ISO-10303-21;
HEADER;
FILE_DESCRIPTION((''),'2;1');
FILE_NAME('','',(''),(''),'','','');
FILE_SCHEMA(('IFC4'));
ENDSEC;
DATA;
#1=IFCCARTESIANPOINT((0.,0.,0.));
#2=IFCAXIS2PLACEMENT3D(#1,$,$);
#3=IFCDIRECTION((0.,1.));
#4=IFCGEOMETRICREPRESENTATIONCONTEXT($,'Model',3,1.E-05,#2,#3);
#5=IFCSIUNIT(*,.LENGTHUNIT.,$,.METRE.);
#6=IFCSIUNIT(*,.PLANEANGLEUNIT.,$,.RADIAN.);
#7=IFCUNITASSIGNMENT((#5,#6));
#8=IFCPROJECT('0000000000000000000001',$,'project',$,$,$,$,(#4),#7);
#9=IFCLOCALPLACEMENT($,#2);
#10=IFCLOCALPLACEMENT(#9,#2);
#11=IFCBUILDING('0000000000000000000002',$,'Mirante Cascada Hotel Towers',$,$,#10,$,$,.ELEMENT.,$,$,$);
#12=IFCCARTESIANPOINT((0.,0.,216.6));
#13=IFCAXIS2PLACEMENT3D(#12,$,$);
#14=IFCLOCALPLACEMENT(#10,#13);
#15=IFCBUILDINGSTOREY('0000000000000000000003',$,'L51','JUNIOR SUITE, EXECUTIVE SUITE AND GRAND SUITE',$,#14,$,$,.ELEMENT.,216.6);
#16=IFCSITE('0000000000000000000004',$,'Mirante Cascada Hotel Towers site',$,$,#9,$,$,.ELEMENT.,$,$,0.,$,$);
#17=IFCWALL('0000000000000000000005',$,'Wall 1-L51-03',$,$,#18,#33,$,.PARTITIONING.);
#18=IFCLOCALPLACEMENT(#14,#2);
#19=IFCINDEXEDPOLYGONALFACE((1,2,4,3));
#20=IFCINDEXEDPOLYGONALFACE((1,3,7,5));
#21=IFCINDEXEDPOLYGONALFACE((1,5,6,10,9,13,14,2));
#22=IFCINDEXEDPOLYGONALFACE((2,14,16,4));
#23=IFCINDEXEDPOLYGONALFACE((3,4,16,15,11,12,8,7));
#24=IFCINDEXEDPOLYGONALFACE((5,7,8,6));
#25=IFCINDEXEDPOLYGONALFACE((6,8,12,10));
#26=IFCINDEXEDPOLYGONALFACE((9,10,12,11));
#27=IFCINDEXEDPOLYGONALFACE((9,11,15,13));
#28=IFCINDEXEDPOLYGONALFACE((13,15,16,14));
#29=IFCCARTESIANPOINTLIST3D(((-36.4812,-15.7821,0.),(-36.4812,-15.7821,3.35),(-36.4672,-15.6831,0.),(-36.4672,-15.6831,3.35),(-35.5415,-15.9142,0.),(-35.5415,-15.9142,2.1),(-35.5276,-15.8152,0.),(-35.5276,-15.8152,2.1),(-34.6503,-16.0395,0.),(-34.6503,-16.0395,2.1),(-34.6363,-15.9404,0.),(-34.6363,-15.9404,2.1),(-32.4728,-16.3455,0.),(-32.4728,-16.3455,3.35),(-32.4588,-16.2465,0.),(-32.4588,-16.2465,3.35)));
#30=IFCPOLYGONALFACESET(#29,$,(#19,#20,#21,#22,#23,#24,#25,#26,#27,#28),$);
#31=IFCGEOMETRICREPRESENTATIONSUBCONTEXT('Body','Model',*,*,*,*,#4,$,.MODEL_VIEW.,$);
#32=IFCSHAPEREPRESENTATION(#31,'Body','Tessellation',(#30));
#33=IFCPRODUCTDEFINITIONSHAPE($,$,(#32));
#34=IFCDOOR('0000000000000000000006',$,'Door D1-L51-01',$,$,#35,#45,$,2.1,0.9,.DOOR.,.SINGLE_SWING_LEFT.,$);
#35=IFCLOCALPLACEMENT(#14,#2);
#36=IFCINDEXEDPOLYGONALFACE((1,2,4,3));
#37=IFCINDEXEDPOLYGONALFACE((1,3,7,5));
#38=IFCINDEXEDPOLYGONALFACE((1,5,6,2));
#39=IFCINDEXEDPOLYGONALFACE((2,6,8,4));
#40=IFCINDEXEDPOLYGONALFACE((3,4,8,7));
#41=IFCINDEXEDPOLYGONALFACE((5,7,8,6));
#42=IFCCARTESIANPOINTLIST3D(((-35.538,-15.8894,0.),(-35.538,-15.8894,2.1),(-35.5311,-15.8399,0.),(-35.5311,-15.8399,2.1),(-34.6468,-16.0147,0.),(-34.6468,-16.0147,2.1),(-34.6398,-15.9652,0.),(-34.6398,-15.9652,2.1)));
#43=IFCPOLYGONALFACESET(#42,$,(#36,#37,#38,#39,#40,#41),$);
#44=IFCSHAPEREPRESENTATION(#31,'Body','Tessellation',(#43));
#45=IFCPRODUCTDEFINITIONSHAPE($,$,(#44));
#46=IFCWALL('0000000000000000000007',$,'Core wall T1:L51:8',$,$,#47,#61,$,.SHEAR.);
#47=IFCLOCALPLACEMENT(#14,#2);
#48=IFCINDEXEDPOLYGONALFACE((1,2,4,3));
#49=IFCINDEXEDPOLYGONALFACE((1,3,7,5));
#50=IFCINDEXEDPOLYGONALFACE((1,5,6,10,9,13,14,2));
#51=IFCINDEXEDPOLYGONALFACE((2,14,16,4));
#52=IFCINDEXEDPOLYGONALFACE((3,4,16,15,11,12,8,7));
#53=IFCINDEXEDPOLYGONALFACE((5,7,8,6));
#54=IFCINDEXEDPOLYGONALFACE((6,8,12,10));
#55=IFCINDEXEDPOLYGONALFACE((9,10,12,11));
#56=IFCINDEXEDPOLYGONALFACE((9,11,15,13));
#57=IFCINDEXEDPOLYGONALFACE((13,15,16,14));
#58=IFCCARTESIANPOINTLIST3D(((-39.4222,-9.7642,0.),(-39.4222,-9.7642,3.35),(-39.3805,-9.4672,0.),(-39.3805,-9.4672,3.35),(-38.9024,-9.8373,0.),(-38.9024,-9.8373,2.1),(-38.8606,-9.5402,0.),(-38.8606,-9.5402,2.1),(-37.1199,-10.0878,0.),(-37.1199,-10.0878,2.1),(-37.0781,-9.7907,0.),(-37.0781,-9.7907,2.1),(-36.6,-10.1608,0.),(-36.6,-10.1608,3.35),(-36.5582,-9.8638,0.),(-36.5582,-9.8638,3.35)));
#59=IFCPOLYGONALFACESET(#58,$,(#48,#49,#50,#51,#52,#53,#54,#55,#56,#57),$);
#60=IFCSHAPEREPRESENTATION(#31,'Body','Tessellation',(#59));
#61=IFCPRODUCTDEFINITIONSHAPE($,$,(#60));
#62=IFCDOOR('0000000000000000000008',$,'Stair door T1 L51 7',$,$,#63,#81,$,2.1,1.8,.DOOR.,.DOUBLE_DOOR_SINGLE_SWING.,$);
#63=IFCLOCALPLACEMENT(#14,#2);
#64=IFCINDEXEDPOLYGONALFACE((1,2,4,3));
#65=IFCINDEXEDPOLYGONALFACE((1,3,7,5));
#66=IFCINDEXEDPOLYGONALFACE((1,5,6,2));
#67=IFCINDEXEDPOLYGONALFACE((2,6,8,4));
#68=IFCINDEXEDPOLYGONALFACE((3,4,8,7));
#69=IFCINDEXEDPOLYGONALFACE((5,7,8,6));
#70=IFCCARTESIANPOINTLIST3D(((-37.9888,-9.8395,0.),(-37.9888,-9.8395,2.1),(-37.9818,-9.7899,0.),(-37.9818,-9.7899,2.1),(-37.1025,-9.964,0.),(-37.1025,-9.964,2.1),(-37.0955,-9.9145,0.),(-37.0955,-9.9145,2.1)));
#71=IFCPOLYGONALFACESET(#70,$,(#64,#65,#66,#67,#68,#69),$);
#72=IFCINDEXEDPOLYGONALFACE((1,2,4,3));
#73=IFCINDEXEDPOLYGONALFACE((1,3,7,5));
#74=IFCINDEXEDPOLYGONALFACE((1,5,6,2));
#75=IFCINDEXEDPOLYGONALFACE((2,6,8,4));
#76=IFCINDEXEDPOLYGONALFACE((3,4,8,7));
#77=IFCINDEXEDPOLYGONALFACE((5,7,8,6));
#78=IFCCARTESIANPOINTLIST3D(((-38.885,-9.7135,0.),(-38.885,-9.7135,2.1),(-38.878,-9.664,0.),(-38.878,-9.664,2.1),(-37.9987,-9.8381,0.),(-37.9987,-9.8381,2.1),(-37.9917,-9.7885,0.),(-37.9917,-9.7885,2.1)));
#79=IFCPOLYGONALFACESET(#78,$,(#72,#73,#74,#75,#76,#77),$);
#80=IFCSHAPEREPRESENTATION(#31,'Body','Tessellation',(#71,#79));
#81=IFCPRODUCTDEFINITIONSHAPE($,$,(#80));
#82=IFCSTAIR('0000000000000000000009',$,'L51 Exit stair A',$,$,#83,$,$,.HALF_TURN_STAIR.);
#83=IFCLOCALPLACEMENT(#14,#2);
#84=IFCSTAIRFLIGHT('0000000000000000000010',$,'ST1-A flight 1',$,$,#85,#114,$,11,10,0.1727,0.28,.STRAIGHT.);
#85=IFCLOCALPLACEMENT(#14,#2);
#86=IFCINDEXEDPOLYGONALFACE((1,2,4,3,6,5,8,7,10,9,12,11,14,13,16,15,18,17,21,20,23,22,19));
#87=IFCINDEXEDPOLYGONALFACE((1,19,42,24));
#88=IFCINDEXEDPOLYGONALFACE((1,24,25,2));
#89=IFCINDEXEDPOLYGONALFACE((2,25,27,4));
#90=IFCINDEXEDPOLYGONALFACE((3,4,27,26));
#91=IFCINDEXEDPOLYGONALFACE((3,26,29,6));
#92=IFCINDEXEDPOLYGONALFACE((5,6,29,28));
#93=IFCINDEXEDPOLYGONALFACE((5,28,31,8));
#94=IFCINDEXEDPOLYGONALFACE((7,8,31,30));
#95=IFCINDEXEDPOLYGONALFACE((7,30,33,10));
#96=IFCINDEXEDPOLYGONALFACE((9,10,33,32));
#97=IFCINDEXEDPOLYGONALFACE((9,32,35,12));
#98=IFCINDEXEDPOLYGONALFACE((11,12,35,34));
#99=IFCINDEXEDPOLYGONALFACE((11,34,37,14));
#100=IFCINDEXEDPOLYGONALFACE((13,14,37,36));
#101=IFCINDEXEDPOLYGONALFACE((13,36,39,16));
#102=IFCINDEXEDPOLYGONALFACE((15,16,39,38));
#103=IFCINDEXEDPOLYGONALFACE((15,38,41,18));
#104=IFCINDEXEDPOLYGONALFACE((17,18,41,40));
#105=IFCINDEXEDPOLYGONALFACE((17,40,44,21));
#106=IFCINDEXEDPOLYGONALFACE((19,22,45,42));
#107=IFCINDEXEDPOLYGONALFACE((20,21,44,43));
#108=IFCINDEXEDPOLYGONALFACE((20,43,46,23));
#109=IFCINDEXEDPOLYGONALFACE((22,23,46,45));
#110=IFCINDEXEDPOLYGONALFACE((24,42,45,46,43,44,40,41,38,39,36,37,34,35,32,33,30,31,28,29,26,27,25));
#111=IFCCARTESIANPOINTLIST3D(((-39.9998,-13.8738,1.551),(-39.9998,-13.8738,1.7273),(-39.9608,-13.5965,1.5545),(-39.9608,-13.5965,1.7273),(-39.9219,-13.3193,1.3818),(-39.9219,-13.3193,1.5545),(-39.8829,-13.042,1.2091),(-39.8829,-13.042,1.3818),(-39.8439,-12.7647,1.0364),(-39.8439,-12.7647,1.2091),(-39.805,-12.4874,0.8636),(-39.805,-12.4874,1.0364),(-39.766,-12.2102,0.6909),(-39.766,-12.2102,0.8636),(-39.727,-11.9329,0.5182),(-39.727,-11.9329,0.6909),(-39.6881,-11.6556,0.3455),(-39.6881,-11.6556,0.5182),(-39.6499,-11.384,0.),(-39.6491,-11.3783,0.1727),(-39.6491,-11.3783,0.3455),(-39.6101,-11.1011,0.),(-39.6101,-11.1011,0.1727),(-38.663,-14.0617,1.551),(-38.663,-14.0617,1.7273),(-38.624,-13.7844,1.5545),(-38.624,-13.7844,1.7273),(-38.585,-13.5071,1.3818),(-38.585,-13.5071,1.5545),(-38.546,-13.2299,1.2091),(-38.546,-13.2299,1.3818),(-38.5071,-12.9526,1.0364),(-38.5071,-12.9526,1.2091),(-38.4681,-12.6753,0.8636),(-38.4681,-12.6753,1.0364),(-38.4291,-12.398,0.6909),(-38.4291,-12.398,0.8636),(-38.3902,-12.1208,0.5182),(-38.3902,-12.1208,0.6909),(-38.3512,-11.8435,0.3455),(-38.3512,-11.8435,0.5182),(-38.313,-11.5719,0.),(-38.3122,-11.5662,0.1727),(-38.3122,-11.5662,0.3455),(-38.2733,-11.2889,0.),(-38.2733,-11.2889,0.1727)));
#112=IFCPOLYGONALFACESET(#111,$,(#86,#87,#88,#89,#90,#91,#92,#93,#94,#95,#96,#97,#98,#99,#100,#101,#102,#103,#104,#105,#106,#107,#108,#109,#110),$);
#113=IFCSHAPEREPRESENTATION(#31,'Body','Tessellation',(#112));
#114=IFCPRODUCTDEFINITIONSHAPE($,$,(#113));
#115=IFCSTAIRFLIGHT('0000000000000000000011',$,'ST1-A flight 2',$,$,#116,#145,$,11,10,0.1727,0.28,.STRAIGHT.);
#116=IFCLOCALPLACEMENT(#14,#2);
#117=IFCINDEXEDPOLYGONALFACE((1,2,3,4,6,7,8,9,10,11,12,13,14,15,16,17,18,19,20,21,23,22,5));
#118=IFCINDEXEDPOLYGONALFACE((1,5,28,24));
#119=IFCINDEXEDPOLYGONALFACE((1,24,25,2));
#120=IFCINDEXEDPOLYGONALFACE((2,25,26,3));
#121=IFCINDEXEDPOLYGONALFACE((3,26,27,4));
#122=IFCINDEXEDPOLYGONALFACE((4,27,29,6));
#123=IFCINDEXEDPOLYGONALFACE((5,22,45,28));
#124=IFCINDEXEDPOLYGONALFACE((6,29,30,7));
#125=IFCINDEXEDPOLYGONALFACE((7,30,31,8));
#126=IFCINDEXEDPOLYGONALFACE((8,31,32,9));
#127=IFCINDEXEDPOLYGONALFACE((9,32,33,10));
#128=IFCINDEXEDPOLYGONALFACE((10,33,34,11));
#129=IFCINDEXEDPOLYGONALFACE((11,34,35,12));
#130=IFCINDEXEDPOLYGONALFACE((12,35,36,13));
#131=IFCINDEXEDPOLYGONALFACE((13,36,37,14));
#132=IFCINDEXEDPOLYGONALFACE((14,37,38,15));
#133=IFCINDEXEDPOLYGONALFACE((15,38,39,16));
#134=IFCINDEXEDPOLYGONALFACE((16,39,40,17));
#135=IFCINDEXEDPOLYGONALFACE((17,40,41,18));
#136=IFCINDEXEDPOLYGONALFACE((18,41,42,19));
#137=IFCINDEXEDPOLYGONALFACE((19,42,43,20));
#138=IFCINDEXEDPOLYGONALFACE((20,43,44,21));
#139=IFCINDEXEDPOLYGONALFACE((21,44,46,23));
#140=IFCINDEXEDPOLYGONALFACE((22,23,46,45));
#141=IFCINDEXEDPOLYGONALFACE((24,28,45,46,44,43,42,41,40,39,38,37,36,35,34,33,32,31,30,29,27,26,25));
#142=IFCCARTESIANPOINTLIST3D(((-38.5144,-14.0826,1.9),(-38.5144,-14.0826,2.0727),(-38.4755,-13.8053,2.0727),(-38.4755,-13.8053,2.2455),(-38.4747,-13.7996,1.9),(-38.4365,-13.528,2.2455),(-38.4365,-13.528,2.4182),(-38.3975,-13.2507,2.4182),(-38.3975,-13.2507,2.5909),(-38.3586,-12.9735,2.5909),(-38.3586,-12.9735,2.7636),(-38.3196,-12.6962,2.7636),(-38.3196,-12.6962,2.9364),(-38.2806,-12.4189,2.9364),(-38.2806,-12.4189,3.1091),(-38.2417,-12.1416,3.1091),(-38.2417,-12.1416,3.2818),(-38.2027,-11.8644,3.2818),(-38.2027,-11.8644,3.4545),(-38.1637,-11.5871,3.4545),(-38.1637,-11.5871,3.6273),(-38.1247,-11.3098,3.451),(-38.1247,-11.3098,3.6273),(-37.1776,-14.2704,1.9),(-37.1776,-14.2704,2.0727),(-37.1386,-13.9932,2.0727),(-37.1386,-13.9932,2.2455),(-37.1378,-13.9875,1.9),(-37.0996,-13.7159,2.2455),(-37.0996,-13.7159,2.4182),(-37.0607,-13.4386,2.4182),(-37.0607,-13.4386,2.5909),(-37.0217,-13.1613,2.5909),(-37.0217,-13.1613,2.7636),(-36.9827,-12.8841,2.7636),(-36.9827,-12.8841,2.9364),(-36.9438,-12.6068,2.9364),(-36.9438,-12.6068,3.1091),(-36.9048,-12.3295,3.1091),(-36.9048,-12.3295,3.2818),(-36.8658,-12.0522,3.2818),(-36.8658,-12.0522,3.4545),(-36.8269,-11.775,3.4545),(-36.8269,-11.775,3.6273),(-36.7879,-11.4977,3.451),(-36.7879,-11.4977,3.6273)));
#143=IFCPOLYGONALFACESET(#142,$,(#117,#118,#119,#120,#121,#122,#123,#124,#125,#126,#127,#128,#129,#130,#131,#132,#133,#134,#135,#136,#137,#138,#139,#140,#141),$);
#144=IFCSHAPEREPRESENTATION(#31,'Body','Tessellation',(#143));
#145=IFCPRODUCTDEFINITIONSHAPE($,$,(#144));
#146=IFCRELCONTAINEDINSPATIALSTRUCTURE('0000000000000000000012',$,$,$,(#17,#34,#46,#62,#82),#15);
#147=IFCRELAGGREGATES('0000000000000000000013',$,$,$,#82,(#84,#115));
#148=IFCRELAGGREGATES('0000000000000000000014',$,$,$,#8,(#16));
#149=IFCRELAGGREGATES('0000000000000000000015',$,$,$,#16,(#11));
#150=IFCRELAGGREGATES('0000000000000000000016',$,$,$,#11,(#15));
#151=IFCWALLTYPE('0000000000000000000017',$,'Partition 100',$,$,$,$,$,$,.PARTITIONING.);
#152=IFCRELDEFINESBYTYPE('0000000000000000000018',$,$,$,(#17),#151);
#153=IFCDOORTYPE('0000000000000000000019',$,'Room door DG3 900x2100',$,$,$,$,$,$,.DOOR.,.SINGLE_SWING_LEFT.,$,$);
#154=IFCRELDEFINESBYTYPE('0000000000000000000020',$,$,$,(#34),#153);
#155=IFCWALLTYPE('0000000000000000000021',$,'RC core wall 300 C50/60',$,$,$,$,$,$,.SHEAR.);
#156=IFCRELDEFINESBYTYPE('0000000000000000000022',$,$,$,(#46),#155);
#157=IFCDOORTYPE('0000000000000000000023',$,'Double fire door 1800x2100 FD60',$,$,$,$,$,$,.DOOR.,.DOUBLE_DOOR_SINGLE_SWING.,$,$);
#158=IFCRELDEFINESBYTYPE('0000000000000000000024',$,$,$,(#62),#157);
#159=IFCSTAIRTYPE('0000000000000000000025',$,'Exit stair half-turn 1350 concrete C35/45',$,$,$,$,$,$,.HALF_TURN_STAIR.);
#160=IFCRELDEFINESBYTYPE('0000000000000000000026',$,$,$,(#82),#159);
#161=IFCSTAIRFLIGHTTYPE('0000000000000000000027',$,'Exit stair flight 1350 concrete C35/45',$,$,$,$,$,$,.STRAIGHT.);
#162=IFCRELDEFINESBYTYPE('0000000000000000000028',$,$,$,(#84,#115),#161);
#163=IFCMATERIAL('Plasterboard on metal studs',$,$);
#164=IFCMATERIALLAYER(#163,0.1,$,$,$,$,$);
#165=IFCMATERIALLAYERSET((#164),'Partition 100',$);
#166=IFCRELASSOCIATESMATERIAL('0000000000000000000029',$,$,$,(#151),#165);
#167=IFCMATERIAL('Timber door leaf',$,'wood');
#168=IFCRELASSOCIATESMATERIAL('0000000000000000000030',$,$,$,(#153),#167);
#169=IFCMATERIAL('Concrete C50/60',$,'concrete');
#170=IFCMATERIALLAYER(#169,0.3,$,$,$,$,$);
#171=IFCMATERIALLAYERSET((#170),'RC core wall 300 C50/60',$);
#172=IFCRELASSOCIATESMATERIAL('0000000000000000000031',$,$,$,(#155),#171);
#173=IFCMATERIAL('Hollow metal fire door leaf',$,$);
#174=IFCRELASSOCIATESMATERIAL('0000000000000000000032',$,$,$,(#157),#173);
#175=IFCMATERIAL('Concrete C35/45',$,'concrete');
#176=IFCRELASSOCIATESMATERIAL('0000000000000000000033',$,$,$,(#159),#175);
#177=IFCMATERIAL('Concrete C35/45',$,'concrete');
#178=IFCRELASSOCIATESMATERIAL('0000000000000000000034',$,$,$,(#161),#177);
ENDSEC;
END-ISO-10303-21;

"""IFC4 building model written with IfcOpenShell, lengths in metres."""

from ifc_helpers import new_model, si_unit, direction, frame, frame_2d, origin, place, context, subcontext, project, spatial, polyline, rectangle, outline, extrude, material, layer, layer_set, type_object, element, fill, aggregate, save


model = new_model("IFC4")

# Units and contexts
model_context = context("Model", 3, precision=1e-05, world=origin(), true_north=direction((0.0, 1.0)))
body_context = subcontext(model_context, "Body", "Model", "MODEL_VIEW")
ifc_project = project(units=[si_unit("LENGTHUNIT", "METRE"), si_unit("PLANEANGLEUNIT", "RADIAN")], contexts=[model_context])

# Site, building, storey
site_placement = place(None, origin())
site = spatial("IfcSite", under=ifc_project, at=site_placement, Name="Mirante Cascada Hotel Towers site", CompositionType="ELEMENT", RefElevation=0.0)
building_placement = place(site_placement, origin())
building = spatial("IfcBuilding", under=site, at=building_placement, Name="Mirante Cascada Hotel Towers", CompositionType="ELEMENT")
storey_placement = place(building_placement, frame((0.0, 0.0, 216.6)))
storey = spatial("IfcBuildingStorey", under=building, at=storey_placement, Name="L51", Description="JUNIOR SUITE, EXECUTIVE SUITE AND GRAND SUITE", CompositionType="ELEMENT", Elevation=216.6)

# Walls, openings, doors
ifc_material_1 = material(Name="Plasterboard on metal studs")
ifc_layer_1 = layer(ifc_material_1, 0.1)
ifc_layer_set_1 = layer_set([ifc_layer_1], Name="Partition 100")
wall_type_1 = type_object("IfcWallType", Name="Partition 100", PredefinedType="PARTITIONING", material=ifc_layer_set_1)
wall_1_placement = place(storey_placement, frame((-36.4742, -15.7326, 0.0), z_axis=(0.0, 0.0, 1.0), x_axis=(0.990266, -0.139187, 0.0)))
wall_1 = element("IfcWall", 1, at=wall_1_placement, inside=storey, type_object=wall_type_1, Name="Wall 1-L51-03", PredefinedType="PARTITIONING", context=body_context, shape_type="SweptSolid", body=[
    extrude(rectangle(XDim=4.0478, YDim=0.1, at=frame_2d((2.0239, 0.0))), origin(), (0.0, 0.0, 1.0), 3.35),
])
opening_1_placement = place(wall_1_placement, frame((0.9489, 0.0, 0.0)))
opening_1 = element("IfcOpeningElement", 2, at=opening_1_placement, cuts=wall_1, PredefinedType="OPENING", context=body_context, shape_type="SweptSolid", body=[
    extrude(rectangle(XDim=0.9, YDim=2.1, at=frame_2d((0.45, 1.05))), frame((0.0, 0.05, 0.0), z_axis=(0.0, -1.0, 0.0), x_axis=(1.0, 0.0, 0.0)), (0.0, 0.0, 1.0), 0.1),
])
ifc_material_2 = material(Name="Timber door leaf", Category="wood")
door_type_1 = type_object("IfcDoorType", Name="Room door DG3 900x2100", OperationType="SINGLE_SWING_LEFT", PredefinedType="DOOR", material=ifc_material_2)
door_1_placement = place(opening_1_placement, origin())
door_1 = element("IfcDoor", 3, at=door_1_placement, inside=storey, type_object=door_type_1, Name="Door D1-L51-01", OperationType="SINGLE_SWING_LEFT", OverallHeight=2.1, OverallWidth=0.9, PredefinedType="DOOR", context=body_context, shape_type="SweptSolid", body=[
    extrude(rectangle(XDim=0.9, YDim=2.1, at=frame_2d((0.45, 1.05))), frame((0.0, 0.025, 0.0), z_axis=(0.0, -1.0, 0.0), x_axis=(1.0, 0.0, 0.0)), (0.0, 0.0, 1.0), 0.05),
])
fill(opening_1, door_1)
ifc_material_3 = material(Name="Concrete C50/60", Category="concrete")
ifc_layer_2 = layer(ifc_material_3, 0.3)
ifc_layer_set_2 = layer_set([ifc_layer_2], Name="RC core wall 300 C50/60")
wall_type_2 = type_object("IfcWallType", Name="RC core wall 300 C50/60", PredefinedType="SHEAR", material=ifc_layer_set_2)
wall_2_placement = place(storey_placement, frame((-36.5791, -10.0123, 0.0), z_axis=(0.0, 0.0, 1.0), x_axis=(-0.99027, 0.139156, 0.0)))
wall_2 = element("IfcWall", 4, at=wall_2_placement, inside=storey, type_object=wall_type_2, Name="Core wall T1:L51:8", PredefinedType="SHEAR", context=body_context, shape_type="SweptSolid", body=[
    extrude(rectangle(XDim=2.85, YDim=0.3, at=frame_2d((1.425, 0.0))), origin(), (0.0, 0.0, 1.0), 3.35),
])
opening_2_placement = place(wall_2_placement, frame((0.525, 0.0, 0.0)))
opening_2 = element("IfcOpeningElement", 5, at=opening_2_placement, cuts=wall_2, PredefinedType="OPENING", context=body_context, shape_type="SweptSolid", body=[
    extrude(rectangle(XDim=1.8, YDim=2.1, at=frame_2d((0.9, 1.05))), frame((0.0, 0.15, 0.0), z_axis=(0.0, -1.0, 0.0), x_axis=(1.0, 0.0, 0.0)), (0.0, 0.0, 1.0), 0.3),
])
ifc_material_4 = material(Name="Hollow metal fire door leaf")
door_type_2 = type_object("IfcDoorType", Name="Double fire door 1800x2100 FD60", OperationType="DOUBLE_DOOR_SINGLE_SWING", PredefinedType="DOOR", material=ifc_material_4)
door_2_placement = place(opening_2_placement, origin())
door_2 = element("IfcDoor", 6, at=door_2_placement, inside=storey, type_object=door_type_2, Name="Stair door T1 L51 7", OperationType="DOUBLE_DOOR_SINGLE_SWING", OverallHeight=2.1, OverallWidth=1.8, PredefinedType="DOOR", context=body_context, shape_type="SweptSolid", body=[
    extrude(rectangle(XDim=0.895, YDim=2.1, at=frame_2d((0.4475, 1.05))), frame((0.0, 0.025, 0.0), z_axis=(0.0, -1.0, 0.0), x_axis=(1.0, 0.0, 0.0)), (0.0, 0.0, 1.0), 0.05),
    extrude(rectangle(XDim=0.895, YDim=2.1, at=frame_2d((1.3525, 1.05))), frame((0.0, 0.025, 0.0), z_axis=(0.0, -1.0, 0.0), x_axis=(1.0, 0.0, 0.0)), (0.0, 0.0, 1.0), 0.05),
])
fill(opening_2, door_2)

# Stair, stair flights
ifc_material_5 = material(Name="Concrete C35/45", Category="concrete")
stair_type = type_object("IfcStairType", Name="Exit stair half-turn 1350 concrete C35/45", PredefinedType="HALF_TURN_STAIR", material=ifc_material_5)
stair_placement = place(storey_placement, origin())
stair = element("IfcStair", 7, at=stair_placement, inside=storey, type_object=stair_type, Name="L51 Exit stair A", PredefinedType="HALF_TURN_STAIR")
ifc_material_6 = material(Name="Concrete C35/45", Category="concrete")
stair_flight_type = type_object("IfcStairFlightType", Name="Exit stair flight 1350 concrete C35/45", PredefinedType="STRAIGHT", material=ifc_material_6)
stair_flight_1_placement = place(storey_placement, frame((-38.9417, -11.195, 0.0), z_axis=(0.0, 0.0, 1.0), x_axis=(-0.139173, -0.990268, 0.0)))
stair_flight_1 = element("IfcStairFlight", 8, at=stair_flight_1_placement, type_object=stair_flight_type, Name="ST1-A flight 1", NumberOfRisers=11, NumberOfTreads=10, PredefinedType="STRAIGHT", RiserHeight=0.1727, TreadLength=0.28, context=body_context, shape_type="SweptSolid", body=[
    extrude(outline(polyline([(0.0, 0.0), (0.0, 0.1727), (0.28, 0.1727), (0.28, 0.3455), (0.56, 0.3455), (0.56, 0.5182), (0.84, 0.5182), (0.84, 0.6909), (1.12, 0.6909), (1.12, 0.8636), (1.4, 0.8636), (1.4, 1.0364), (1.68, 1.0364), (1.68, 1.2091), (1.96, 1.2091), (1.96, 1.3818), (2.24, 1.3818), (2.24, 1.5545), (2.52, 1.5545), (2.52, 1.7273), (2.8, 1.7273), (2.8, 1.9), (2.8, 1.551), (0.2857, 0.0), (0.0, 0.0)])), frame((0.0, 0.675, 0.0), z_axis=(0.0, -1.0, 0.0), x_axis=(1.0, 0.0, 0.0)), (0.0, 0.0, 1.0), 1.35),
])
stair_flight_2_placement = place(storey_placement, frame((-37.846, -14.1765, 1.9), z_axis=(0.0, 0.0, 1.0), x_axis=(0.139173, 0.990268, 0.0)))
stair_flight_2 = element("IfcStairFlight", 9, at=stair_flight_2_placement, type_object=stair_flight_type, Name="ST1-A flight 2", NumberOfRisers=11, NumberOfTreads=10, PredefinedType="STRAIGHT", RiserHeight=0.1727, TreadLength=0.28, context=body_context, shape_type="SweptSolid", body=[
    extrude(outline(polyline([(0.0, 0.0), (0.0, 0.1727), (0.28, 0.1727), (0.28, 0.3455), (0.56, 0.3455), (0.56, 0.5182), (0.84, 0.5182), (0.84, 0.6909), (1.12, 0.6909), (1.12, 0.8636), (1.4, 0.8636), (1.4, 1.0364), (1.68, 1.0364), (1.68, 1.2091), (1.96, 1.2091), (1.96, 1.3818), (2.24, 1.3818), (2.24, 1.5545), (2.52, 1.5545), (2.52, 1.7273), (2.8, 1.7273), (2.8, 1.9), (2.8, 1.551), (0.2857, 0.0), (0.0, 0.0)])), frame((0.0, 0.675, 0.0), z_axis=(0.0, -1.0, 0.0), x_axis=(1.0, 0.0, 0.0)), (0.0, 0.0, 1.0), 1.35),
])
aggregate(stair, [stair_flight_1, stair_flight_2])

save(model, "model.ifc")
